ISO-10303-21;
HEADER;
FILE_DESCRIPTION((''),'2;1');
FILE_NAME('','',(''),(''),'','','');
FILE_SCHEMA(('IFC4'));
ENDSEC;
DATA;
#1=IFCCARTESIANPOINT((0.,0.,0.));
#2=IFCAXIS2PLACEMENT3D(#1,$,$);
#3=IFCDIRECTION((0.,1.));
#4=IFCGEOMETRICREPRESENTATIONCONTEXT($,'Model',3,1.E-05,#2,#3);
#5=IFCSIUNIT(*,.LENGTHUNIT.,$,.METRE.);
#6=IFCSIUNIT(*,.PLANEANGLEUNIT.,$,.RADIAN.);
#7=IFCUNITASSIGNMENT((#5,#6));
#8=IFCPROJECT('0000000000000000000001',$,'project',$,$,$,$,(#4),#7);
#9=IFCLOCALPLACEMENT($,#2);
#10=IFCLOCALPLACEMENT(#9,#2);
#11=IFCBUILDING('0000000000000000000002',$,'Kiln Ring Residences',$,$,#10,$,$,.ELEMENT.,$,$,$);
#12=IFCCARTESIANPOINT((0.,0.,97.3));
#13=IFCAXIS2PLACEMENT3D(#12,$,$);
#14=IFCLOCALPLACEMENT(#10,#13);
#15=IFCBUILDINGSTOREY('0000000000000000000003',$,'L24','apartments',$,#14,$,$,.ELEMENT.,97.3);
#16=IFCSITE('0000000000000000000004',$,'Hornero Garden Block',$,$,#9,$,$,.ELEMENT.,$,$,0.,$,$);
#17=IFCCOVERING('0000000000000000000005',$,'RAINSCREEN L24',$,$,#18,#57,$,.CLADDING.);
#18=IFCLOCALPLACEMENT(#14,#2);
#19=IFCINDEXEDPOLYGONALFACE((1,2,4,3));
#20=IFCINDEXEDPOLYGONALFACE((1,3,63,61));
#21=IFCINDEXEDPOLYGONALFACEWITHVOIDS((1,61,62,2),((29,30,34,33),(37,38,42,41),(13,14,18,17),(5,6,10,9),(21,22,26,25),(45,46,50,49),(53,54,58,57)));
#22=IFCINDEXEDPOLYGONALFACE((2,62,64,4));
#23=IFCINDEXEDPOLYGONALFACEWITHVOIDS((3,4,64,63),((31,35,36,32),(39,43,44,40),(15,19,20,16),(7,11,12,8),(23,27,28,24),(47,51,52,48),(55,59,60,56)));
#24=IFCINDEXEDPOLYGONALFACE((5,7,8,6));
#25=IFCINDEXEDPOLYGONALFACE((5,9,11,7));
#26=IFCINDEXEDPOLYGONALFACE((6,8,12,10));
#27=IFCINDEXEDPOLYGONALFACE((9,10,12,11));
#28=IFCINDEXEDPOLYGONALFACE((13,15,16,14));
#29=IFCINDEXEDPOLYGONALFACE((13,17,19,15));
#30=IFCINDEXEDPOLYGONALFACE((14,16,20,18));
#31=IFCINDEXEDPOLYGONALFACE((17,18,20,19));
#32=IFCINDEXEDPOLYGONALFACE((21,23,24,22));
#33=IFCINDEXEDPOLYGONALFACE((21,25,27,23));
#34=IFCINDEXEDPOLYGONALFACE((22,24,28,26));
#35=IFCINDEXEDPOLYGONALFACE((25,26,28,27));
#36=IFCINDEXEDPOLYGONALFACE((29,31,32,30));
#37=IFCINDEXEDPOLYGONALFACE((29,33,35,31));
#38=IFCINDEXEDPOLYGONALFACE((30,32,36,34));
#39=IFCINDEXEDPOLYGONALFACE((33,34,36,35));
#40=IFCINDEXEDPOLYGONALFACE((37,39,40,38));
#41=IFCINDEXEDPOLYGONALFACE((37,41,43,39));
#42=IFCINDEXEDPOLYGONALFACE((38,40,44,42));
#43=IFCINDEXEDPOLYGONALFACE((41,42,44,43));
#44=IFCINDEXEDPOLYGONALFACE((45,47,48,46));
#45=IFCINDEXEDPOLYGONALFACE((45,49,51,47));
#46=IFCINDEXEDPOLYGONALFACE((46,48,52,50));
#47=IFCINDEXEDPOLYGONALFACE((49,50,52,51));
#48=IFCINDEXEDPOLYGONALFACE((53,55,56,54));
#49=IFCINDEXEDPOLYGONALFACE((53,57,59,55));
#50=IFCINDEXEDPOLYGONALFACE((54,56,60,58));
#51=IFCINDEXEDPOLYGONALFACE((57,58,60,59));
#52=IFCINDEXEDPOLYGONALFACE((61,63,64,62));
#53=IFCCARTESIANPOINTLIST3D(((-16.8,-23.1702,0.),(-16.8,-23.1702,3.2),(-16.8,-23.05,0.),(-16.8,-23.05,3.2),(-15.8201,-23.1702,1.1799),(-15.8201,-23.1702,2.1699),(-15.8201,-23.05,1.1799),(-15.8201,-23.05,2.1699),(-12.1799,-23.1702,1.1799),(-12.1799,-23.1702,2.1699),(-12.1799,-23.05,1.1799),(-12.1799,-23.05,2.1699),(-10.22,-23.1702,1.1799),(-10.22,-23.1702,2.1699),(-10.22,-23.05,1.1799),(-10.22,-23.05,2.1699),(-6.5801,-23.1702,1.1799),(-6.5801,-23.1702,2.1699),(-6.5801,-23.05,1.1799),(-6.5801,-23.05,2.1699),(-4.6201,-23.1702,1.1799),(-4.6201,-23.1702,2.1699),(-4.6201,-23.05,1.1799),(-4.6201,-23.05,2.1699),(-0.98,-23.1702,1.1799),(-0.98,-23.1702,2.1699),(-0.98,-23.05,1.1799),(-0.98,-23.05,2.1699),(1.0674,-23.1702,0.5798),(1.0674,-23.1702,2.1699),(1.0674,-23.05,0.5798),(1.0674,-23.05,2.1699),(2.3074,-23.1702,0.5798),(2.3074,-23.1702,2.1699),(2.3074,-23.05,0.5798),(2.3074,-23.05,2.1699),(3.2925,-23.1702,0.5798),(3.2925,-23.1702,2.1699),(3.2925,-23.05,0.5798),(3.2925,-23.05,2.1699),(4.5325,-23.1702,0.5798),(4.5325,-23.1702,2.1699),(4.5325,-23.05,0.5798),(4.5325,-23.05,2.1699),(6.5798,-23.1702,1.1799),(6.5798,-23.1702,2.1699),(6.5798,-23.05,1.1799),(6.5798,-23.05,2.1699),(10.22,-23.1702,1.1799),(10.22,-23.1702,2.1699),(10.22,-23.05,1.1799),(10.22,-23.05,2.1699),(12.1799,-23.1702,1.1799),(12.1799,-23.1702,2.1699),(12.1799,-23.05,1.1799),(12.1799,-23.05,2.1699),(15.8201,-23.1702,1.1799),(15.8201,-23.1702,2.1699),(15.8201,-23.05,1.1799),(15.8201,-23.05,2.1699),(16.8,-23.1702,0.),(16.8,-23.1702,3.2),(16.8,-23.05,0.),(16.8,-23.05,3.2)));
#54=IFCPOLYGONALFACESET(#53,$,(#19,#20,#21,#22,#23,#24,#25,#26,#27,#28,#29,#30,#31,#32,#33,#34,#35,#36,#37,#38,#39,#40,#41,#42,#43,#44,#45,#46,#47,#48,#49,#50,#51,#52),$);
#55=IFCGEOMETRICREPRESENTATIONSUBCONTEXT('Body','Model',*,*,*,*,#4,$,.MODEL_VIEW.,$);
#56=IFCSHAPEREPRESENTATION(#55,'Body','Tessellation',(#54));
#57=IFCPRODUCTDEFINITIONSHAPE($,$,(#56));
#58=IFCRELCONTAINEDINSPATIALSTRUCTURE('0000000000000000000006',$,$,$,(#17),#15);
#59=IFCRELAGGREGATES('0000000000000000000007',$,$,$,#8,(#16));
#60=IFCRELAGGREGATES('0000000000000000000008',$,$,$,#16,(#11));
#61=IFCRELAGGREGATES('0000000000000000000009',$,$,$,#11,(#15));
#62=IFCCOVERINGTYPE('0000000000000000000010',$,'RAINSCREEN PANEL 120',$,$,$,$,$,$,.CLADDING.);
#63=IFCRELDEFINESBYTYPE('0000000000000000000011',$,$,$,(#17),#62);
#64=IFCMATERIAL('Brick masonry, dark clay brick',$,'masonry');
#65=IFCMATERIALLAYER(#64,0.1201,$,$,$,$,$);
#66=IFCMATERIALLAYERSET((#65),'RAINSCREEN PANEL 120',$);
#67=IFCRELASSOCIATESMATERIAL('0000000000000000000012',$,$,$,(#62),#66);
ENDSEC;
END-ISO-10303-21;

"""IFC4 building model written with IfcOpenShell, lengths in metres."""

from ifc_helpers import new_model, si_unit, direction, frame, origin, place, context, subcontext, project, spatial, polyline, outline, extrude, material, layer, layer_set, type_object, element, save


model = new_model("IFC4")

# Units and contexts
model_context = context("Model", 3, precision=1e-05, world=origin(), true_north=direction((0.0, 1.0)))
body_context = subcontext(model_context, "Body", "Model", "MODEL_VIEW")
ifc_project = project(units=[si_unit("LENGTHUNIT", "METRE"), si_unit("PLANEANGLEUNIT", "RADIAN")], contexts=[model_context])

# Site, building, storey
site_placement = place(None, origin())
site = spatial("IfcSite", under=ifc_project, at=site_placement, Name="Hornero Garden Block", CompositionType="ELEMENT", RefElevation=0.0)
building_placement = place(site_placement, origin())
building = spatial("IfcBuilding", under=site, at=building_placement, Name="Kiln Ring Residences", CompositionType="ELEMENT")
storey_placement = place(building_placement, frame((0.0, 0.0, 97.3)))
storey = spatial("IfcBuildingStorey", under=building, at=storey_placement, Name="L24", Description="apartments", CompositionType="ELEMENT", Elevation=97.3)

# Covering
ifc_material_1 = material(Name="Brick masonry, dark clay brick", Category="masonry")
ifc_layer_1 = layer(ifc_material_1, 0.1201)
ifc_layer_set_1 = layer_set([ifc_layer_1], Name="RAINSCREEN PANEL 120")
covering_type = type_object("IfcCoveringType", Name="RAINSCREEN PANEL 120", PredefinedType="CLADDING", material=ifc_layer_set_1)
covering_placement = place(storey_placement, frame((-16.8, -23.1101, 0.0), z_axis=(0.0, 0.0, 1.0), x_axis=(1.0, 0.0, 0.0)))
element("IfcCovering", 1, at=covering_placement, inside=storey, type_object=covering_type, Name="RAINSCREEN L24", PredefinedType="CLADDING", context=body_context, shape_type="SweptSolid", body=[
    extrude(outline(polyline([(0.0, 0.0), (33.6001, 0.0), (33.6001, 3.2), (0.0, 3.2), (0.0, 0.0)]), holes=[polyline([(19.1074, 0.5798), (19.1074, 2.1699), (17.8674, 2.1699), (17.8674, 0.5798), (19.1074, 0.5798)]), polyline([(20.0925, 0.5798), (21.3325, 0.5798), (21.3325, 2.1699), (20.0925, 2.1699), (20.0925, 0.5798)]), polyline([(0.98, 1.1799), (4.6201, 1.1799), (4.6201, 2.1699), (0.98, 2.1699), (0.98, 1.1799)]), polyline([(6.5801, 1.1799), (10.22, 1.1799), (10.22, 2.1699), (6.5801, 2.1699), (6.5801, 1.1799)]), polyline([(12.1799, 1.1799), (15.8201, 1.1799), (15.8201, 2.1699), (12.1799, 2.1699), (12.1799, 1.1799)]), polyline([(23.3799, 1.1799), (27.02, 1.1799), (27.02, 2.1699), (23.3799, 2.1699), (23.3799, 1.1799)]), polyline([(28.98, 1.1799), (32.6201, 1.1799), (32.6201, 2.1699), (28.98, 2.1699), (28.98, 1.1799)])]), frame((0.0, 0.0601, 0.0), z_axis=(0.0, -1.0, 0.0), x_axis=(1.0, 0.0, 0.0)), (0.0, 0.0, 1.0), 0.1201),
])

save(model, "model.ifc")
